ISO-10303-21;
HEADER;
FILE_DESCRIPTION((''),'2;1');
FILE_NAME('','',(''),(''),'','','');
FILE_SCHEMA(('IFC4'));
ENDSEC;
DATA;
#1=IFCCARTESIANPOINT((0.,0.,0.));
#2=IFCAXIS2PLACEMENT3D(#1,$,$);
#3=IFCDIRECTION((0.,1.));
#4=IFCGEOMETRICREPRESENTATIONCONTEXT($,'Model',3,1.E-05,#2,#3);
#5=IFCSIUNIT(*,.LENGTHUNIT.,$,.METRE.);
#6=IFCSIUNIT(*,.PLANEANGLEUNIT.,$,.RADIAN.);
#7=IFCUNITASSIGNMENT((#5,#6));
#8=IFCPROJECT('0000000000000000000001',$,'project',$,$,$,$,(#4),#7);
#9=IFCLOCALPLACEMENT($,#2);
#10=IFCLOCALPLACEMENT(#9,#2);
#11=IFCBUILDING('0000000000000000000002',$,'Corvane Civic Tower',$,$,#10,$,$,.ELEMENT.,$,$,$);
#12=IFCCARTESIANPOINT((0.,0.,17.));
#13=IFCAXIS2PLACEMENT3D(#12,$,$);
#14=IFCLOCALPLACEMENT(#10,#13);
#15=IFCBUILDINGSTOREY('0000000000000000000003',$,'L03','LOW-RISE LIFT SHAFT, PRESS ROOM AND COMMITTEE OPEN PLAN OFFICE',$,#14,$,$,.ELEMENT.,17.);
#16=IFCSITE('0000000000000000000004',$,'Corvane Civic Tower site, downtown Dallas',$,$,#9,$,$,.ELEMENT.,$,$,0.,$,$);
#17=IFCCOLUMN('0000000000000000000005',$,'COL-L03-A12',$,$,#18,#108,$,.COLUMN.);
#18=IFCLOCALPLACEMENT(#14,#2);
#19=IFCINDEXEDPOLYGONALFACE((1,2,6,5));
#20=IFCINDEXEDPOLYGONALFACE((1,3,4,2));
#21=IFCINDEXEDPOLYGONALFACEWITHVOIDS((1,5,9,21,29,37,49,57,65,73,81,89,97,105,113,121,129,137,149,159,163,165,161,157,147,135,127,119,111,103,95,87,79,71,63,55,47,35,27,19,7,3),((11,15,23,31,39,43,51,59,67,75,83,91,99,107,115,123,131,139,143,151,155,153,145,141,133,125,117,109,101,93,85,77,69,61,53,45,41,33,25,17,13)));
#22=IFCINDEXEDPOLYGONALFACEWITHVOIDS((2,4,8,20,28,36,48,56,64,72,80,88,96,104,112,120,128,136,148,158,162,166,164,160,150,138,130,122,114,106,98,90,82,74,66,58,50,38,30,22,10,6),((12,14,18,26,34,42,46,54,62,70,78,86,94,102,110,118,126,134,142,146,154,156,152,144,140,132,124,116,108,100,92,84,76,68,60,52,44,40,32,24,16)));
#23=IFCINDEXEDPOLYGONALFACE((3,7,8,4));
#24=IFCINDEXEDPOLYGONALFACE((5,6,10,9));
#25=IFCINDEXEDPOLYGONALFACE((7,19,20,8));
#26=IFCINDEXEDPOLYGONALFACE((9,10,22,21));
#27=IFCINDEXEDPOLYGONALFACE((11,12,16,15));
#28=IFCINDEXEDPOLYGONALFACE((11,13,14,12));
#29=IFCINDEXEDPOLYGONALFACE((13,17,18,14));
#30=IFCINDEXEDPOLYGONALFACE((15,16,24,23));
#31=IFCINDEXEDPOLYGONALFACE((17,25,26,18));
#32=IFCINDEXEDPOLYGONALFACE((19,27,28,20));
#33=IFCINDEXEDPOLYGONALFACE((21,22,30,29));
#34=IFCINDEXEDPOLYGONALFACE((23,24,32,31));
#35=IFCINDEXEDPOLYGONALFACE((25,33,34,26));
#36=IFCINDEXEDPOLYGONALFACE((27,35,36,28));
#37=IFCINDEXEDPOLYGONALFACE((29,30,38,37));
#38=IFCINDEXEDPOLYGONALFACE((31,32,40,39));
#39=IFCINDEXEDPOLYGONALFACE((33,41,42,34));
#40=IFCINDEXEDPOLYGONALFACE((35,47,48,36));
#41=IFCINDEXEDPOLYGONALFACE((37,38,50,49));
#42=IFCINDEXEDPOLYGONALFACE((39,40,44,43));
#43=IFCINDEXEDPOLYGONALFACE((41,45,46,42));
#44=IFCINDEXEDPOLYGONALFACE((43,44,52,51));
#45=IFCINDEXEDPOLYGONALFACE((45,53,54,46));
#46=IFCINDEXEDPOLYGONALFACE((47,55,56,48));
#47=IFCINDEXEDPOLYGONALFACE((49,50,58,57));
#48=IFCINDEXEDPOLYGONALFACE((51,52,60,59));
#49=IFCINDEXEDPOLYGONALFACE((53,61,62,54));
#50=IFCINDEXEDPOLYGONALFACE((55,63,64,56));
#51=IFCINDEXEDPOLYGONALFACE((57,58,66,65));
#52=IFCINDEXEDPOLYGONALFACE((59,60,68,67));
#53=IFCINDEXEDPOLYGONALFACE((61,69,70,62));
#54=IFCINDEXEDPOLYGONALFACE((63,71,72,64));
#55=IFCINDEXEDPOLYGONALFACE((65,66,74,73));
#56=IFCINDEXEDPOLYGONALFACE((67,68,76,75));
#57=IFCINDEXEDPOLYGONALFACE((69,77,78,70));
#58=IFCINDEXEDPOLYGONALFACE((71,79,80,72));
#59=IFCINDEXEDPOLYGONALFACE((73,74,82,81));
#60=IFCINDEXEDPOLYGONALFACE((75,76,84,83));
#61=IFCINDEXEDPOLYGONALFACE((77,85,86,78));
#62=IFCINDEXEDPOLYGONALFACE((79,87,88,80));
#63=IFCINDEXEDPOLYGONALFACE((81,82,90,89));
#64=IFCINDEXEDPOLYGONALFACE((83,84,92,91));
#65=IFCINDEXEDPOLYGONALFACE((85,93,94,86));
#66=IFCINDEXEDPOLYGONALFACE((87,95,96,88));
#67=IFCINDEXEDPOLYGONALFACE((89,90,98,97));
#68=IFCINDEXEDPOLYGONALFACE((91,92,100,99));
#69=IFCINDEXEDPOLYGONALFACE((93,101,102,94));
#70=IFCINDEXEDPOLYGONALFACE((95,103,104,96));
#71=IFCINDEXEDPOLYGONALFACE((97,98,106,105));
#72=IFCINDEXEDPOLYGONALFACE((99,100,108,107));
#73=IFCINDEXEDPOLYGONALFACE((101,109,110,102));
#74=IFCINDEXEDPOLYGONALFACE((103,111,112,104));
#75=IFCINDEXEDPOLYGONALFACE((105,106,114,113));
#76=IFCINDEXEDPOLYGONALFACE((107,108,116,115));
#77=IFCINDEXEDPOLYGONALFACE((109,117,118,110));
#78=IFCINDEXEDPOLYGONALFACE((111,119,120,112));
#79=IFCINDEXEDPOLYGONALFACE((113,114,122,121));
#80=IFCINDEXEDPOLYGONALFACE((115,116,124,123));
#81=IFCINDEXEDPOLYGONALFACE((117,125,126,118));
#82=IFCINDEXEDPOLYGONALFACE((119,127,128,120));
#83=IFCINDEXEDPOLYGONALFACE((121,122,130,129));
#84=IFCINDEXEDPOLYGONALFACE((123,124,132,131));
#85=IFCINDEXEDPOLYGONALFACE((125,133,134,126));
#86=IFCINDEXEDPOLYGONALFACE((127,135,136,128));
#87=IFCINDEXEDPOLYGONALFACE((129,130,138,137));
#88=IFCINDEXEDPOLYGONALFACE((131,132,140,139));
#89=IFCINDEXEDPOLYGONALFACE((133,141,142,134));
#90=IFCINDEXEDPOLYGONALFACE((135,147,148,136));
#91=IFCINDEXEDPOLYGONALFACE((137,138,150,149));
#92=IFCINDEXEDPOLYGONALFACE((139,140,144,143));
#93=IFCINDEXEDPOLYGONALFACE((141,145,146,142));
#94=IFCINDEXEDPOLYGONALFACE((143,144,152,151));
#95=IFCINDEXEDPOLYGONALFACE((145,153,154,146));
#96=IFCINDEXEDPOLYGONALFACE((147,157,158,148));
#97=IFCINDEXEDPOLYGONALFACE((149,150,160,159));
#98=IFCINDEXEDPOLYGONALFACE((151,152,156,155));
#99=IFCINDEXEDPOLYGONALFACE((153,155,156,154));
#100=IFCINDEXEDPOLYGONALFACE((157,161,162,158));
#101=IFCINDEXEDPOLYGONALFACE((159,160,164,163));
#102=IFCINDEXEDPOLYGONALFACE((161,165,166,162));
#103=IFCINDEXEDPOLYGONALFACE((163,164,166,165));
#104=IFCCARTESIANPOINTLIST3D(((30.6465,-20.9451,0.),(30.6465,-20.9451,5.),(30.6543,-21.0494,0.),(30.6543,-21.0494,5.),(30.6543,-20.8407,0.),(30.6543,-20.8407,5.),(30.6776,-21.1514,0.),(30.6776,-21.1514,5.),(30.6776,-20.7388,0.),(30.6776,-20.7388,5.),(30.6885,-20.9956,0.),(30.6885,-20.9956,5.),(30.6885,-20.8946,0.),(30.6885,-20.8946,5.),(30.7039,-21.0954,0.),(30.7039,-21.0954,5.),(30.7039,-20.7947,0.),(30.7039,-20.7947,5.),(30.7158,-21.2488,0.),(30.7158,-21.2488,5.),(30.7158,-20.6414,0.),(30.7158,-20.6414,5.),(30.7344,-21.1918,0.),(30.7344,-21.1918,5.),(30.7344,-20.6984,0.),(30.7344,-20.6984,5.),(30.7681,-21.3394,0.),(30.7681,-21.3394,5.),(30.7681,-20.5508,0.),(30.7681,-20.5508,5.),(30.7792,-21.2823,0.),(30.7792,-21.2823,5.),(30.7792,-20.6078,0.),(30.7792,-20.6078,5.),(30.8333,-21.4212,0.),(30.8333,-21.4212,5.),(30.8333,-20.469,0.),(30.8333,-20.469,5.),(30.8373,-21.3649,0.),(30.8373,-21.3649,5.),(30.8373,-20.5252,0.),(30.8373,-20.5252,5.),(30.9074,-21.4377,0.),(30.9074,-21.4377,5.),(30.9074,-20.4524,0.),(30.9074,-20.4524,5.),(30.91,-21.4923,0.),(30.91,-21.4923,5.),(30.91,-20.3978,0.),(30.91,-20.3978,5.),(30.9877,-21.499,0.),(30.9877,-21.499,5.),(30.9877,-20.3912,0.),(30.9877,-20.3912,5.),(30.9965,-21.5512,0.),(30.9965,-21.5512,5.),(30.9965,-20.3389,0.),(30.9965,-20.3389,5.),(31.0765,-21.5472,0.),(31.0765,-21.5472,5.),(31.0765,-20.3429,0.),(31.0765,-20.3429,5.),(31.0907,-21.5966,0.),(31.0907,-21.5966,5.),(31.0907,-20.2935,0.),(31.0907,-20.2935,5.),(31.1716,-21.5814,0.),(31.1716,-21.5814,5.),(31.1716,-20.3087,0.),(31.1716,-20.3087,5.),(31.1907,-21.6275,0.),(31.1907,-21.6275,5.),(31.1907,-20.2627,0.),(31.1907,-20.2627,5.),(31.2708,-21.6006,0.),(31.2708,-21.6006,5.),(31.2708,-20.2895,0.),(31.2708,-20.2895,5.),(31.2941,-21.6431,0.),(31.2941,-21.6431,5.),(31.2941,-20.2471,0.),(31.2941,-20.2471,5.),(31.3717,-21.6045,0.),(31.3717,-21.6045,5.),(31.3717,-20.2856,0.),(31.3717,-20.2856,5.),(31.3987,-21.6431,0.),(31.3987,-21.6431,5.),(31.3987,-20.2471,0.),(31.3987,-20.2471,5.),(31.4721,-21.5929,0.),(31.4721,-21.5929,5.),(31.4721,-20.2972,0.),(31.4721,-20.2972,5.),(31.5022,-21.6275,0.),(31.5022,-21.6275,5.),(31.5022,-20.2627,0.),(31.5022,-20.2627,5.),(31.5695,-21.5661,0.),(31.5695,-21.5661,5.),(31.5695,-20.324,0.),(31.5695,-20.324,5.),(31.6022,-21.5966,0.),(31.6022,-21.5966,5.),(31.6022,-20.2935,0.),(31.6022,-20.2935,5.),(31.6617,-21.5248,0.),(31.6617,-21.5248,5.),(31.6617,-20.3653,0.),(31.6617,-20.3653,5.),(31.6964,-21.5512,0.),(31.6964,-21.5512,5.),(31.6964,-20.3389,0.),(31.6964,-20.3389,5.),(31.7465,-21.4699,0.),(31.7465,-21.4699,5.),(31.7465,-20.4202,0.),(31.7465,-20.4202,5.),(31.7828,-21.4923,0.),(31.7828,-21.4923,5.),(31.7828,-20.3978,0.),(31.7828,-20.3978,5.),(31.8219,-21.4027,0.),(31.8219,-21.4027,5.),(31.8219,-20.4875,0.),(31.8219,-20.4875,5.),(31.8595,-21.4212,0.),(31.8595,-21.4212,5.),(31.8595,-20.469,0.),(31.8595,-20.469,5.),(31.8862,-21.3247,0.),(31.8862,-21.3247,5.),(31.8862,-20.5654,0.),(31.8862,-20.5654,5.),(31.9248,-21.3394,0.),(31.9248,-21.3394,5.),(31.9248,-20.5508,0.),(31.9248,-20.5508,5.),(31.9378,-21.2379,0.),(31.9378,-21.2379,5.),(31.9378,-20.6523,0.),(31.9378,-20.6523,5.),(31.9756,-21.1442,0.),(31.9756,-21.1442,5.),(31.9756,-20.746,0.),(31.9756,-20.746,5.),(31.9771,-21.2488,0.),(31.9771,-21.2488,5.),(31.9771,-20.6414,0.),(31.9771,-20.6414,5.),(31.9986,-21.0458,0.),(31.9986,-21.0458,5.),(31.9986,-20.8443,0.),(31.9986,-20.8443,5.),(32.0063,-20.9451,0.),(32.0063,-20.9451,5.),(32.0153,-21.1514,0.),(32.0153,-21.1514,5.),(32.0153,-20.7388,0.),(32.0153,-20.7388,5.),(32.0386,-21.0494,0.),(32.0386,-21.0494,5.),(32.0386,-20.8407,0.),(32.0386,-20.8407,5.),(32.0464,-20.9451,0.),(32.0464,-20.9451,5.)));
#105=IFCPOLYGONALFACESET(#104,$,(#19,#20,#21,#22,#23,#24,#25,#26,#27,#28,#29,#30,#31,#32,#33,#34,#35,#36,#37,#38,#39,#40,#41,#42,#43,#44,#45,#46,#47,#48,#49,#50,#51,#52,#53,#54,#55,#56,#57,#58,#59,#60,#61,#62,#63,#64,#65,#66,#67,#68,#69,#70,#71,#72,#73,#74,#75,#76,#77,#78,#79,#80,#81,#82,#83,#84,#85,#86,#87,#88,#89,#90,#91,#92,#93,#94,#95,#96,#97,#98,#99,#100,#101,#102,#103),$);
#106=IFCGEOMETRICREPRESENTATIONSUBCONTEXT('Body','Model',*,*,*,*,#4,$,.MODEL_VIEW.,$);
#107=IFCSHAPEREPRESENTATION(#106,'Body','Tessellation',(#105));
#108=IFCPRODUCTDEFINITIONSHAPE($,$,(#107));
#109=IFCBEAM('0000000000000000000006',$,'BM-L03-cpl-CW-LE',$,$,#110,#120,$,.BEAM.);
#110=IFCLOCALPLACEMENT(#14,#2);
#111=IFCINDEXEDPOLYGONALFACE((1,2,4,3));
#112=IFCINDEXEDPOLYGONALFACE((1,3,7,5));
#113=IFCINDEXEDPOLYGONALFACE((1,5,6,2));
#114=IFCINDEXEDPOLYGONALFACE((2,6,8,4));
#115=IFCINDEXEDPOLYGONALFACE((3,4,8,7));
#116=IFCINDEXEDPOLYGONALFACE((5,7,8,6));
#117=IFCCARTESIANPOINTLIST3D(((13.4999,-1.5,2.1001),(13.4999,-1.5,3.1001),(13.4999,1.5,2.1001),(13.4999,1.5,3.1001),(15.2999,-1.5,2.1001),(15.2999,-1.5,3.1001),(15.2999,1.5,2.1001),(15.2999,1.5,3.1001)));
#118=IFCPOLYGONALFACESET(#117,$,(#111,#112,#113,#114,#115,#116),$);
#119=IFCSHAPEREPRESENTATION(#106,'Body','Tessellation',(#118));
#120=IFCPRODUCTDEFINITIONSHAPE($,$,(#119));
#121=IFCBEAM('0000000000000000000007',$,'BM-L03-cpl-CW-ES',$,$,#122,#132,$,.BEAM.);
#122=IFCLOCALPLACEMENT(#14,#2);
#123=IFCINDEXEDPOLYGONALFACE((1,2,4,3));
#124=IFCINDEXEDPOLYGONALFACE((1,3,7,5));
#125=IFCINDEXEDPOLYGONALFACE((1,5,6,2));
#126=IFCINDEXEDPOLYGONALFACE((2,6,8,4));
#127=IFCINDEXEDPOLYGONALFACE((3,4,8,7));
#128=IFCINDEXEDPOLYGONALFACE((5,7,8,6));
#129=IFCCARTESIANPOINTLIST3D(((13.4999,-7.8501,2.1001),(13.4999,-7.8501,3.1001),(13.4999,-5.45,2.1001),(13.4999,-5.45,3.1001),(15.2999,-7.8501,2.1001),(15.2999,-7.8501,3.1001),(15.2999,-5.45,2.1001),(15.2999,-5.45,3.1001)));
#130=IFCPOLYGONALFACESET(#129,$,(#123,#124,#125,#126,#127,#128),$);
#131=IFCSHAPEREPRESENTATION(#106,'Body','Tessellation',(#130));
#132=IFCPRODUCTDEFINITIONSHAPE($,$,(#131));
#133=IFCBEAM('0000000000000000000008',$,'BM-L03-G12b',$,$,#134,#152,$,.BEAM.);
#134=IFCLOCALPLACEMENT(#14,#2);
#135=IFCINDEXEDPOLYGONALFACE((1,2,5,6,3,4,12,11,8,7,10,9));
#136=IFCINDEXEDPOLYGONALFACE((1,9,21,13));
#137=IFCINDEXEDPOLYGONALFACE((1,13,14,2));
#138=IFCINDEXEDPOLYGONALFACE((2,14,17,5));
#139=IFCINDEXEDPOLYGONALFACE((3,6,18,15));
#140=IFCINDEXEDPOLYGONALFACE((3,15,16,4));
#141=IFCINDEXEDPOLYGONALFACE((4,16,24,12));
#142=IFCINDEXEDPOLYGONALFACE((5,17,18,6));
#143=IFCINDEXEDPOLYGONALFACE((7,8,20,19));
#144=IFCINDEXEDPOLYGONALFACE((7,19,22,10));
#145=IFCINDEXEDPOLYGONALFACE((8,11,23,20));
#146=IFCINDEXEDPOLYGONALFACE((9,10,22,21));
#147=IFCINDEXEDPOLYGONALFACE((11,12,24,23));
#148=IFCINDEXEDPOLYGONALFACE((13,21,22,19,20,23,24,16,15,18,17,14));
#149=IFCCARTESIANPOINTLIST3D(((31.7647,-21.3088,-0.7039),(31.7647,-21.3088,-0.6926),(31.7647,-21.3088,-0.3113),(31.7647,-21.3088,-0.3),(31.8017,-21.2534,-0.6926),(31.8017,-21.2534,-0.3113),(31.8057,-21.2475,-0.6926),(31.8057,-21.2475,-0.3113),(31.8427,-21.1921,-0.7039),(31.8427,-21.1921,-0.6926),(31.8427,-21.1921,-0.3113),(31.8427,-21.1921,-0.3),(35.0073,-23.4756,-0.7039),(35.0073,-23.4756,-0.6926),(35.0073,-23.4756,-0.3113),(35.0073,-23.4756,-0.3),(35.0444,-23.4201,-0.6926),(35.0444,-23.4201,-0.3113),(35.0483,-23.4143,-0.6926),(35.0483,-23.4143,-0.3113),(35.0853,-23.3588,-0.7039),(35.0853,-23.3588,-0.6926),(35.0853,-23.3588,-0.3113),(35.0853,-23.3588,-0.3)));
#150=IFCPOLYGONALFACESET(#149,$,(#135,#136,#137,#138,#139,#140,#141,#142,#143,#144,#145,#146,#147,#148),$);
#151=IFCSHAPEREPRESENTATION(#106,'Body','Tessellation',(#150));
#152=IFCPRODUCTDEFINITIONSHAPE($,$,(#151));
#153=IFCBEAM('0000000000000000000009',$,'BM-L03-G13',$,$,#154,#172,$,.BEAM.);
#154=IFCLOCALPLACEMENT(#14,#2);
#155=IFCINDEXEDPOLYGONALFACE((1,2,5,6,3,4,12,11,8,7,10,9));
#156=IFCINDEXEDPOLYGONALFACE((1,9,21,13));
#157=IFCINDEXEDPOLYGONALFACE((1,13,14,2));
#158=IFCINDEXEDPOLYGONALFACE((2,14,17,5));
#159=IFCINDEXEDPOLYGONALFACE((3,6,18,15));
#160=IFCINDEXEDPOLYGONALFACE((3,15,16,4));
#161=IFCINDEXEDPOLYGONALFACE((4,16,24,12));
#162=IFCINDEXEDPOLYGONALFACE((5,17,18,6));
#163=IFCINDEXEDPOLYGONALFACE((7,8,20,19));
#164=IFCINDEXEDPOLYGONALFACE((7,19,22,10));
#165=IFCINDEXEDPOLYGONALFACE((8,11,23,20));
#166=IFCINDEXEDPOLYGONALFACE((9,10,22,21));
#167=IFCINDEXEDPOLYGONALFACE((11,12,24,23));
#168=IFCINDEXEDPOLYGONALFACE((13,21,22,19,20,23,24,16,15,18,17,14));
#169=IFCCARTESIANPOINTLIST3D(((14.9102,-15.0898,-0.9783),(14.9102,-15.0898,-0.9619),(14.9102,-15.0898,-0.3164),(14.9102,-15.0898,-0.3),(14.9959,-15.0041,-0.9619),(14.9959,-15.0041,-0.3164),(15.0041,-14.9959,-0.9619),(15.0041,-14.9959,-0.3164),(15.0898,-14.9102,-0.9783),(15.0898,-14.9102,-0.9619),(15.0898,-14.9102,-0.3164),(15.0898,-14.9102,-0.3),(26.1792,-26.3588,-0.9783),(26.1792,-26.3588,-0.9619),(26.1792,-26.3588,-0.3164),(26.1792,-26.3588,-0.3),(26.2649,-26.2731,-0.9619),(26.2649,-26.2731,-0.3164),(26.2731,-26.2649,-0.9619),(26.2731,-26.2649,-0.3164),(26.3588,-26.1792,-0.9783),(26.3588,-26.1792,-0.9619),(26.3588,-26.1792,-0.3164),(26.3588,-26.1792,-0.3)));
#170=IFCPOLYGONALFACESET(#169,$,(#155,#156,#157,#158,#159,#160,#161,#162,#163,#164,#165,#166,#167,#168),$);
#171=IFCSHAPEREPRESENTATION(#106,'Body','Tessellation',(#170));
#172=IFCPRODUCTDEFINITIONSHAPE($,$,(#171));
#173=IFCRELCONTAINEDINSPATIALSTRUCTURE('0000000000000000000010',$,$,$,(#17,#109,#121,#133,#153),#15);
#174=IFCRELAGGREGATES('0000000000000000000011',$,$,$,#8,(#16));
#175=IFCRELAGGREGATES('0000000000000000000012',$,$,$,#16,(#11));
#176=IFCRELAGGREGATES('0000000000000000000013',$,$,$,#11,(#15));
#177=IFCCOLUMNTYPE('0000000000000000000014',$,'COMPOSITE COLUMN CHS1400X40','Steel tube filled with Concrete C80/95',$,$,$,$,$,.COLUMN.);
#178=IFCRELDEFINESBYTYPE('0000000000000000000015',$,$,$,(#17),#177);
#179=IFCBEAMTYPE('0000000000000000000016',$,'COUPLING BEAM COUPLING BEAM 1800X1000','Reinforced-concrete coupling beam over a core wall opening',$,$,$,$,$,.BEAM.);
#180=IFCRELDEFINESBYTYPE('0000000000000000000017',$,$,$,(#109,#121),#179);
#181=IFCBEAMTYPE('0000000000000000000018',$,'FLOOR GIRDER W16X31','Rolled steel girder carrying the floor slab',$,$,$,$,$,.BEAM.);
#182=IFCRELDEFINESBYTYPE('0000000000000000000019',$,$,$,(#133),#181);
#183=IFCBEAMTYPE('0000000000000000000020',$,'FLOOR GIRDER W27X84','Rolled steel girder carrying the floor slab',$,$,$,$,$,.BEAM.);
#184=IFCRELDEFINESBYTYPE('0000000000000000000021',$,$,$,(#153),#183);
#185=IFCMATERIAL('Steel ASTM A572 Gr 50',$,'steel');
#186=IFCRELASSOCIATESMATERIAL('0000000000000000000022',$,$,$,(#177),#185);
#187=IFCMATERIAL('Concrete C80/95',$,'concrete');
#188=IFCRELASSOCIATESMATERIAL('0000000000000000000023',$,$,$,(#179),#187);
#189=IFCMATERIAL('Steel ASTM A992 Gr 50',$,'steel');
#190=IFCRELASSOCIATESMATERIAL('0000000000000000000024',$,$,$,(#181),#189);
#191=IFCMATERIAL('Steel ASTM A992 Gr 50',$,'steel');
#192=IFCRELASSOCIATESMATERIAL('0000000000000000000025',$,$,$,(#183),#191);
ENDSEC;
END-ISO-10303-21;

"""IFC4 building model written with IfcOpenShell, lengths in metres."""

from ifc_helpers import new_model, si_unit, direction, frame, origin, origin_2d, place, context, subcontext, project, spatial, rectangle, hollow_circle, i_section, extrude, material, material_profile, profile_set, type_object, element, save


model = new_model("IFC4")

# Units and contexts
model_context = context("Model", 3, precision=1e-05, world=origin(), true_north=direction((0.0, 1.0)))
body_context = subcontext(model_context, "Body", "Model", "MODEL_VIEW")
ifc_project = project(units=[si_unit("LENGTHUNIT", "METRE"), si_unit("PLANEANGLEUNIT", "RADIAN")], contexts=[model_context])

# Site, building, storey
site_placement = place(None, origin())
site = spatial("IfcSite", under=ifc_project, at=site_placement, Name="Corvane Civic Tower site, downtown Dallas", CompositionType="ELEMENT", RefElevation=0.0)
building_placement = place(site_placement, origin())
building = spatial("IfcBuilding", under=site, at=building_placement, Name="Corvane Civic Tower", CompositionType="ELEMENT")
storey_placement = place(building_placement, frame((0.0, 0.0, 17.0)))
storey = spatial("IfcBuildingStorey", under=building, at=storey_placement, Name="L03", Description="LOW-RISE LIFT SHAFT, PRESS ROOM AND COMMITTEE OPEN PLAN OFFICE", CompositionType="ELEMENT", Elevation=17.0)

# Column
ifc_material_1 = material(Name="Steel ASTM A572 Gr 50", Category="steel")
ifc_material_profile_1 = material_profile(ifc_material_1, hollow_circle(Radius=0.7, WallThickness=0.04, at=origin_2d()), Name="CHS1400X40")
ifc_profile_set_1 = profile_set([ifc_material_profile_1], Name="Steel ASTM A572 Gr 50")
column_type = type_object("IfcColumnType", Name="COMPOSITE COLUMN CHS1400X40", Description="Steel tube filled with Concrete C80/95", PredefinedType="COLUMN", material=ifc_profile_set_1)
column_placement = place(storey_placement, frame((31.3464, -20.9451, 0.0), z_axis=(0.0, 0.0, 1.0), x_axis=(1.0, 0.0, 0.0)))
element("IfcColumn", 1, at=column_placement, inside=storey, type_object=column_type, Name="COL-L03-A12", PredefinedType="COLUMN", context=body_context, shape_type="SweptSolid", body=[
    extrude(hollow_circle(Radius=0.7, WallThickness=0.04, at=origin_2d()), origin(), (0.0, 0.0, 1.0), 5.0),
])

# Beams
ifc_material_2 = material(Name="Concrete C80/95", Category="concrete")
ifc_material_profile_2 = material_profile(ifc_material_2, rectangle(XDim=1.8, YDim=1.0, at=origin_2d()), Name="COUPLING BEAM 1800X1000")
ifc_profile_set_2 = profile_set([ifc_material_profile_2], Name="Concrete C80/95")
beam_type_1 = type_object("IfcBeamType", Name="COUPLING BEAM COUPLING BEAM 1800X1000", Description="Reinforced-concrete coupling beam over a core wall opening", PredefinedType="BEAM", material=ifc_profile_set_2)
beam_1_placement = place(storey_placement, frame((14.3999, -1.5, 2.6001), z_axis=(0.0, 1.0, 0.0), x_axis=(-1.0, 0.0, 0.0)))
element("IfcBeam", 2, at=beam_1_placement, inside=storey, type_object=beam_type_1, Name="BM-L03-cpl-CW-LE", PredefinedType="BEAM", context=body_context, shape_type="SweptSolid", body=[
    extrude(rectangle(XDim=1.8, YDim=1.0, at=origin_2d()), origin(), (0.0, 0.0, 1.0), 3.0),
])
beam_2_placement = place(storey_placement, frame((14.3999, -7.8501, 2.6001), z_axis=(0.0, 1.0, 0.0), x_axis=(-1.0, 0.0, 0.0)))
element("IfcBeam", 3, at=beam_2_placement, inside=storey, type_object=beam_type_1, Name="BM-L03-cpl-CW-ES", PredefinedType="BEAM", context=body_context, shape_type="SweptSolid", body=[
    extrude(rectangle(XDim=1.8, YDim=1.0, at=origin_2d()), origin(), (0.0, 0.0, 1.0), 2.4001),
])
ifc_material_3 = material(Name="Steel ASTM A992 Gr 50", Category="steel")
ifc_material_profile_3 = material_profile(ifc_material_3, i_section(OverallWidth=0.1404, OverallDepth=0.4038, WebThickness=0.0071, FlangeThickness=0.0112, at=origin_2d()), Name="W16X31")
ifc_profile_set_3 = profile_set([ifc_material_profile_3], Name="Steel ASTM A992 Gr 50")
beam_type_2 = type_object("IfcBeamType", Name="FLOOR GIRDER W16X31", Description="Rolled steel girder carrying the floor slab", PredefinedType="BEAM", material=ifc_profile_set_3)
beam_3_placement = place(storey_placement, frame((31.8037, -21.2505, -0.502), z_axis=(0.831462, -0.555581, 0.0), x_axis=(0.555581, 0.831462, 0.0)))
element("IfcBeam", 4, at=beam_3_placement, inside=storey, type_object=beam_type_2, Name="BM-L03-G12b", PredefinedType="BEAM", context=body_context, shape_type="SweptSolid", body=[
    extrude(i_section(OverallWidth=0.1404, OverallDepth=0.4038, WebThickness=0.0071, FlangeThickness=0.0112, at=origin_2d()), origin(), (0.0, 0.0, 1.0), 3.8999),
])
ifc_material_4 = material(Name="Steel ASTM A992 Gr 50", Category="steel")
ifc_material_profile_4 = material_profile(ifc_material_4, i_section(OverallWidth=0.2539, OverallDepth=0.6782, WebThickness=0.0117, FlangeThickness=0.0164, at=origin_2d()), Name="W27X84")
ifc_profile_set_4 = profile_set([ifc_material_profile_4], Name="Steel ASTM A992 Gr 50")
beam_type_3 = type_object("IfcBeamType", Name="FLOOR GIRDER W27X84", Description="Rolled steel girder carrying the floor slab", PredefinedType="BEAM", material=ifc_profile_set_4)
beam_4_placement = place(storey_placement, frame((15.0, -15.0, -0.6392), z_axis=(0.707107, -0.707107, 0.0), x_axis=(0.707107, 0.707107, 0.0)))
element("IfcBeam", 5, at=beam_4_placement, inside=storey, type_object=beam_type_3, Name="BM-L03-G13", PredefinedType="BEAM", context=body_context, shape_type="SweptSolid", body=[
    extrude(i_section(OverallWidth=0.2539, OverallDepth=0.6782, WebThickness=0.0117, FlangeThickness=0.0164, at=origin_2d()), origin(), (0.0, 0.0, 1.0), 15.9368),
])

save(model, "model.ifc")
